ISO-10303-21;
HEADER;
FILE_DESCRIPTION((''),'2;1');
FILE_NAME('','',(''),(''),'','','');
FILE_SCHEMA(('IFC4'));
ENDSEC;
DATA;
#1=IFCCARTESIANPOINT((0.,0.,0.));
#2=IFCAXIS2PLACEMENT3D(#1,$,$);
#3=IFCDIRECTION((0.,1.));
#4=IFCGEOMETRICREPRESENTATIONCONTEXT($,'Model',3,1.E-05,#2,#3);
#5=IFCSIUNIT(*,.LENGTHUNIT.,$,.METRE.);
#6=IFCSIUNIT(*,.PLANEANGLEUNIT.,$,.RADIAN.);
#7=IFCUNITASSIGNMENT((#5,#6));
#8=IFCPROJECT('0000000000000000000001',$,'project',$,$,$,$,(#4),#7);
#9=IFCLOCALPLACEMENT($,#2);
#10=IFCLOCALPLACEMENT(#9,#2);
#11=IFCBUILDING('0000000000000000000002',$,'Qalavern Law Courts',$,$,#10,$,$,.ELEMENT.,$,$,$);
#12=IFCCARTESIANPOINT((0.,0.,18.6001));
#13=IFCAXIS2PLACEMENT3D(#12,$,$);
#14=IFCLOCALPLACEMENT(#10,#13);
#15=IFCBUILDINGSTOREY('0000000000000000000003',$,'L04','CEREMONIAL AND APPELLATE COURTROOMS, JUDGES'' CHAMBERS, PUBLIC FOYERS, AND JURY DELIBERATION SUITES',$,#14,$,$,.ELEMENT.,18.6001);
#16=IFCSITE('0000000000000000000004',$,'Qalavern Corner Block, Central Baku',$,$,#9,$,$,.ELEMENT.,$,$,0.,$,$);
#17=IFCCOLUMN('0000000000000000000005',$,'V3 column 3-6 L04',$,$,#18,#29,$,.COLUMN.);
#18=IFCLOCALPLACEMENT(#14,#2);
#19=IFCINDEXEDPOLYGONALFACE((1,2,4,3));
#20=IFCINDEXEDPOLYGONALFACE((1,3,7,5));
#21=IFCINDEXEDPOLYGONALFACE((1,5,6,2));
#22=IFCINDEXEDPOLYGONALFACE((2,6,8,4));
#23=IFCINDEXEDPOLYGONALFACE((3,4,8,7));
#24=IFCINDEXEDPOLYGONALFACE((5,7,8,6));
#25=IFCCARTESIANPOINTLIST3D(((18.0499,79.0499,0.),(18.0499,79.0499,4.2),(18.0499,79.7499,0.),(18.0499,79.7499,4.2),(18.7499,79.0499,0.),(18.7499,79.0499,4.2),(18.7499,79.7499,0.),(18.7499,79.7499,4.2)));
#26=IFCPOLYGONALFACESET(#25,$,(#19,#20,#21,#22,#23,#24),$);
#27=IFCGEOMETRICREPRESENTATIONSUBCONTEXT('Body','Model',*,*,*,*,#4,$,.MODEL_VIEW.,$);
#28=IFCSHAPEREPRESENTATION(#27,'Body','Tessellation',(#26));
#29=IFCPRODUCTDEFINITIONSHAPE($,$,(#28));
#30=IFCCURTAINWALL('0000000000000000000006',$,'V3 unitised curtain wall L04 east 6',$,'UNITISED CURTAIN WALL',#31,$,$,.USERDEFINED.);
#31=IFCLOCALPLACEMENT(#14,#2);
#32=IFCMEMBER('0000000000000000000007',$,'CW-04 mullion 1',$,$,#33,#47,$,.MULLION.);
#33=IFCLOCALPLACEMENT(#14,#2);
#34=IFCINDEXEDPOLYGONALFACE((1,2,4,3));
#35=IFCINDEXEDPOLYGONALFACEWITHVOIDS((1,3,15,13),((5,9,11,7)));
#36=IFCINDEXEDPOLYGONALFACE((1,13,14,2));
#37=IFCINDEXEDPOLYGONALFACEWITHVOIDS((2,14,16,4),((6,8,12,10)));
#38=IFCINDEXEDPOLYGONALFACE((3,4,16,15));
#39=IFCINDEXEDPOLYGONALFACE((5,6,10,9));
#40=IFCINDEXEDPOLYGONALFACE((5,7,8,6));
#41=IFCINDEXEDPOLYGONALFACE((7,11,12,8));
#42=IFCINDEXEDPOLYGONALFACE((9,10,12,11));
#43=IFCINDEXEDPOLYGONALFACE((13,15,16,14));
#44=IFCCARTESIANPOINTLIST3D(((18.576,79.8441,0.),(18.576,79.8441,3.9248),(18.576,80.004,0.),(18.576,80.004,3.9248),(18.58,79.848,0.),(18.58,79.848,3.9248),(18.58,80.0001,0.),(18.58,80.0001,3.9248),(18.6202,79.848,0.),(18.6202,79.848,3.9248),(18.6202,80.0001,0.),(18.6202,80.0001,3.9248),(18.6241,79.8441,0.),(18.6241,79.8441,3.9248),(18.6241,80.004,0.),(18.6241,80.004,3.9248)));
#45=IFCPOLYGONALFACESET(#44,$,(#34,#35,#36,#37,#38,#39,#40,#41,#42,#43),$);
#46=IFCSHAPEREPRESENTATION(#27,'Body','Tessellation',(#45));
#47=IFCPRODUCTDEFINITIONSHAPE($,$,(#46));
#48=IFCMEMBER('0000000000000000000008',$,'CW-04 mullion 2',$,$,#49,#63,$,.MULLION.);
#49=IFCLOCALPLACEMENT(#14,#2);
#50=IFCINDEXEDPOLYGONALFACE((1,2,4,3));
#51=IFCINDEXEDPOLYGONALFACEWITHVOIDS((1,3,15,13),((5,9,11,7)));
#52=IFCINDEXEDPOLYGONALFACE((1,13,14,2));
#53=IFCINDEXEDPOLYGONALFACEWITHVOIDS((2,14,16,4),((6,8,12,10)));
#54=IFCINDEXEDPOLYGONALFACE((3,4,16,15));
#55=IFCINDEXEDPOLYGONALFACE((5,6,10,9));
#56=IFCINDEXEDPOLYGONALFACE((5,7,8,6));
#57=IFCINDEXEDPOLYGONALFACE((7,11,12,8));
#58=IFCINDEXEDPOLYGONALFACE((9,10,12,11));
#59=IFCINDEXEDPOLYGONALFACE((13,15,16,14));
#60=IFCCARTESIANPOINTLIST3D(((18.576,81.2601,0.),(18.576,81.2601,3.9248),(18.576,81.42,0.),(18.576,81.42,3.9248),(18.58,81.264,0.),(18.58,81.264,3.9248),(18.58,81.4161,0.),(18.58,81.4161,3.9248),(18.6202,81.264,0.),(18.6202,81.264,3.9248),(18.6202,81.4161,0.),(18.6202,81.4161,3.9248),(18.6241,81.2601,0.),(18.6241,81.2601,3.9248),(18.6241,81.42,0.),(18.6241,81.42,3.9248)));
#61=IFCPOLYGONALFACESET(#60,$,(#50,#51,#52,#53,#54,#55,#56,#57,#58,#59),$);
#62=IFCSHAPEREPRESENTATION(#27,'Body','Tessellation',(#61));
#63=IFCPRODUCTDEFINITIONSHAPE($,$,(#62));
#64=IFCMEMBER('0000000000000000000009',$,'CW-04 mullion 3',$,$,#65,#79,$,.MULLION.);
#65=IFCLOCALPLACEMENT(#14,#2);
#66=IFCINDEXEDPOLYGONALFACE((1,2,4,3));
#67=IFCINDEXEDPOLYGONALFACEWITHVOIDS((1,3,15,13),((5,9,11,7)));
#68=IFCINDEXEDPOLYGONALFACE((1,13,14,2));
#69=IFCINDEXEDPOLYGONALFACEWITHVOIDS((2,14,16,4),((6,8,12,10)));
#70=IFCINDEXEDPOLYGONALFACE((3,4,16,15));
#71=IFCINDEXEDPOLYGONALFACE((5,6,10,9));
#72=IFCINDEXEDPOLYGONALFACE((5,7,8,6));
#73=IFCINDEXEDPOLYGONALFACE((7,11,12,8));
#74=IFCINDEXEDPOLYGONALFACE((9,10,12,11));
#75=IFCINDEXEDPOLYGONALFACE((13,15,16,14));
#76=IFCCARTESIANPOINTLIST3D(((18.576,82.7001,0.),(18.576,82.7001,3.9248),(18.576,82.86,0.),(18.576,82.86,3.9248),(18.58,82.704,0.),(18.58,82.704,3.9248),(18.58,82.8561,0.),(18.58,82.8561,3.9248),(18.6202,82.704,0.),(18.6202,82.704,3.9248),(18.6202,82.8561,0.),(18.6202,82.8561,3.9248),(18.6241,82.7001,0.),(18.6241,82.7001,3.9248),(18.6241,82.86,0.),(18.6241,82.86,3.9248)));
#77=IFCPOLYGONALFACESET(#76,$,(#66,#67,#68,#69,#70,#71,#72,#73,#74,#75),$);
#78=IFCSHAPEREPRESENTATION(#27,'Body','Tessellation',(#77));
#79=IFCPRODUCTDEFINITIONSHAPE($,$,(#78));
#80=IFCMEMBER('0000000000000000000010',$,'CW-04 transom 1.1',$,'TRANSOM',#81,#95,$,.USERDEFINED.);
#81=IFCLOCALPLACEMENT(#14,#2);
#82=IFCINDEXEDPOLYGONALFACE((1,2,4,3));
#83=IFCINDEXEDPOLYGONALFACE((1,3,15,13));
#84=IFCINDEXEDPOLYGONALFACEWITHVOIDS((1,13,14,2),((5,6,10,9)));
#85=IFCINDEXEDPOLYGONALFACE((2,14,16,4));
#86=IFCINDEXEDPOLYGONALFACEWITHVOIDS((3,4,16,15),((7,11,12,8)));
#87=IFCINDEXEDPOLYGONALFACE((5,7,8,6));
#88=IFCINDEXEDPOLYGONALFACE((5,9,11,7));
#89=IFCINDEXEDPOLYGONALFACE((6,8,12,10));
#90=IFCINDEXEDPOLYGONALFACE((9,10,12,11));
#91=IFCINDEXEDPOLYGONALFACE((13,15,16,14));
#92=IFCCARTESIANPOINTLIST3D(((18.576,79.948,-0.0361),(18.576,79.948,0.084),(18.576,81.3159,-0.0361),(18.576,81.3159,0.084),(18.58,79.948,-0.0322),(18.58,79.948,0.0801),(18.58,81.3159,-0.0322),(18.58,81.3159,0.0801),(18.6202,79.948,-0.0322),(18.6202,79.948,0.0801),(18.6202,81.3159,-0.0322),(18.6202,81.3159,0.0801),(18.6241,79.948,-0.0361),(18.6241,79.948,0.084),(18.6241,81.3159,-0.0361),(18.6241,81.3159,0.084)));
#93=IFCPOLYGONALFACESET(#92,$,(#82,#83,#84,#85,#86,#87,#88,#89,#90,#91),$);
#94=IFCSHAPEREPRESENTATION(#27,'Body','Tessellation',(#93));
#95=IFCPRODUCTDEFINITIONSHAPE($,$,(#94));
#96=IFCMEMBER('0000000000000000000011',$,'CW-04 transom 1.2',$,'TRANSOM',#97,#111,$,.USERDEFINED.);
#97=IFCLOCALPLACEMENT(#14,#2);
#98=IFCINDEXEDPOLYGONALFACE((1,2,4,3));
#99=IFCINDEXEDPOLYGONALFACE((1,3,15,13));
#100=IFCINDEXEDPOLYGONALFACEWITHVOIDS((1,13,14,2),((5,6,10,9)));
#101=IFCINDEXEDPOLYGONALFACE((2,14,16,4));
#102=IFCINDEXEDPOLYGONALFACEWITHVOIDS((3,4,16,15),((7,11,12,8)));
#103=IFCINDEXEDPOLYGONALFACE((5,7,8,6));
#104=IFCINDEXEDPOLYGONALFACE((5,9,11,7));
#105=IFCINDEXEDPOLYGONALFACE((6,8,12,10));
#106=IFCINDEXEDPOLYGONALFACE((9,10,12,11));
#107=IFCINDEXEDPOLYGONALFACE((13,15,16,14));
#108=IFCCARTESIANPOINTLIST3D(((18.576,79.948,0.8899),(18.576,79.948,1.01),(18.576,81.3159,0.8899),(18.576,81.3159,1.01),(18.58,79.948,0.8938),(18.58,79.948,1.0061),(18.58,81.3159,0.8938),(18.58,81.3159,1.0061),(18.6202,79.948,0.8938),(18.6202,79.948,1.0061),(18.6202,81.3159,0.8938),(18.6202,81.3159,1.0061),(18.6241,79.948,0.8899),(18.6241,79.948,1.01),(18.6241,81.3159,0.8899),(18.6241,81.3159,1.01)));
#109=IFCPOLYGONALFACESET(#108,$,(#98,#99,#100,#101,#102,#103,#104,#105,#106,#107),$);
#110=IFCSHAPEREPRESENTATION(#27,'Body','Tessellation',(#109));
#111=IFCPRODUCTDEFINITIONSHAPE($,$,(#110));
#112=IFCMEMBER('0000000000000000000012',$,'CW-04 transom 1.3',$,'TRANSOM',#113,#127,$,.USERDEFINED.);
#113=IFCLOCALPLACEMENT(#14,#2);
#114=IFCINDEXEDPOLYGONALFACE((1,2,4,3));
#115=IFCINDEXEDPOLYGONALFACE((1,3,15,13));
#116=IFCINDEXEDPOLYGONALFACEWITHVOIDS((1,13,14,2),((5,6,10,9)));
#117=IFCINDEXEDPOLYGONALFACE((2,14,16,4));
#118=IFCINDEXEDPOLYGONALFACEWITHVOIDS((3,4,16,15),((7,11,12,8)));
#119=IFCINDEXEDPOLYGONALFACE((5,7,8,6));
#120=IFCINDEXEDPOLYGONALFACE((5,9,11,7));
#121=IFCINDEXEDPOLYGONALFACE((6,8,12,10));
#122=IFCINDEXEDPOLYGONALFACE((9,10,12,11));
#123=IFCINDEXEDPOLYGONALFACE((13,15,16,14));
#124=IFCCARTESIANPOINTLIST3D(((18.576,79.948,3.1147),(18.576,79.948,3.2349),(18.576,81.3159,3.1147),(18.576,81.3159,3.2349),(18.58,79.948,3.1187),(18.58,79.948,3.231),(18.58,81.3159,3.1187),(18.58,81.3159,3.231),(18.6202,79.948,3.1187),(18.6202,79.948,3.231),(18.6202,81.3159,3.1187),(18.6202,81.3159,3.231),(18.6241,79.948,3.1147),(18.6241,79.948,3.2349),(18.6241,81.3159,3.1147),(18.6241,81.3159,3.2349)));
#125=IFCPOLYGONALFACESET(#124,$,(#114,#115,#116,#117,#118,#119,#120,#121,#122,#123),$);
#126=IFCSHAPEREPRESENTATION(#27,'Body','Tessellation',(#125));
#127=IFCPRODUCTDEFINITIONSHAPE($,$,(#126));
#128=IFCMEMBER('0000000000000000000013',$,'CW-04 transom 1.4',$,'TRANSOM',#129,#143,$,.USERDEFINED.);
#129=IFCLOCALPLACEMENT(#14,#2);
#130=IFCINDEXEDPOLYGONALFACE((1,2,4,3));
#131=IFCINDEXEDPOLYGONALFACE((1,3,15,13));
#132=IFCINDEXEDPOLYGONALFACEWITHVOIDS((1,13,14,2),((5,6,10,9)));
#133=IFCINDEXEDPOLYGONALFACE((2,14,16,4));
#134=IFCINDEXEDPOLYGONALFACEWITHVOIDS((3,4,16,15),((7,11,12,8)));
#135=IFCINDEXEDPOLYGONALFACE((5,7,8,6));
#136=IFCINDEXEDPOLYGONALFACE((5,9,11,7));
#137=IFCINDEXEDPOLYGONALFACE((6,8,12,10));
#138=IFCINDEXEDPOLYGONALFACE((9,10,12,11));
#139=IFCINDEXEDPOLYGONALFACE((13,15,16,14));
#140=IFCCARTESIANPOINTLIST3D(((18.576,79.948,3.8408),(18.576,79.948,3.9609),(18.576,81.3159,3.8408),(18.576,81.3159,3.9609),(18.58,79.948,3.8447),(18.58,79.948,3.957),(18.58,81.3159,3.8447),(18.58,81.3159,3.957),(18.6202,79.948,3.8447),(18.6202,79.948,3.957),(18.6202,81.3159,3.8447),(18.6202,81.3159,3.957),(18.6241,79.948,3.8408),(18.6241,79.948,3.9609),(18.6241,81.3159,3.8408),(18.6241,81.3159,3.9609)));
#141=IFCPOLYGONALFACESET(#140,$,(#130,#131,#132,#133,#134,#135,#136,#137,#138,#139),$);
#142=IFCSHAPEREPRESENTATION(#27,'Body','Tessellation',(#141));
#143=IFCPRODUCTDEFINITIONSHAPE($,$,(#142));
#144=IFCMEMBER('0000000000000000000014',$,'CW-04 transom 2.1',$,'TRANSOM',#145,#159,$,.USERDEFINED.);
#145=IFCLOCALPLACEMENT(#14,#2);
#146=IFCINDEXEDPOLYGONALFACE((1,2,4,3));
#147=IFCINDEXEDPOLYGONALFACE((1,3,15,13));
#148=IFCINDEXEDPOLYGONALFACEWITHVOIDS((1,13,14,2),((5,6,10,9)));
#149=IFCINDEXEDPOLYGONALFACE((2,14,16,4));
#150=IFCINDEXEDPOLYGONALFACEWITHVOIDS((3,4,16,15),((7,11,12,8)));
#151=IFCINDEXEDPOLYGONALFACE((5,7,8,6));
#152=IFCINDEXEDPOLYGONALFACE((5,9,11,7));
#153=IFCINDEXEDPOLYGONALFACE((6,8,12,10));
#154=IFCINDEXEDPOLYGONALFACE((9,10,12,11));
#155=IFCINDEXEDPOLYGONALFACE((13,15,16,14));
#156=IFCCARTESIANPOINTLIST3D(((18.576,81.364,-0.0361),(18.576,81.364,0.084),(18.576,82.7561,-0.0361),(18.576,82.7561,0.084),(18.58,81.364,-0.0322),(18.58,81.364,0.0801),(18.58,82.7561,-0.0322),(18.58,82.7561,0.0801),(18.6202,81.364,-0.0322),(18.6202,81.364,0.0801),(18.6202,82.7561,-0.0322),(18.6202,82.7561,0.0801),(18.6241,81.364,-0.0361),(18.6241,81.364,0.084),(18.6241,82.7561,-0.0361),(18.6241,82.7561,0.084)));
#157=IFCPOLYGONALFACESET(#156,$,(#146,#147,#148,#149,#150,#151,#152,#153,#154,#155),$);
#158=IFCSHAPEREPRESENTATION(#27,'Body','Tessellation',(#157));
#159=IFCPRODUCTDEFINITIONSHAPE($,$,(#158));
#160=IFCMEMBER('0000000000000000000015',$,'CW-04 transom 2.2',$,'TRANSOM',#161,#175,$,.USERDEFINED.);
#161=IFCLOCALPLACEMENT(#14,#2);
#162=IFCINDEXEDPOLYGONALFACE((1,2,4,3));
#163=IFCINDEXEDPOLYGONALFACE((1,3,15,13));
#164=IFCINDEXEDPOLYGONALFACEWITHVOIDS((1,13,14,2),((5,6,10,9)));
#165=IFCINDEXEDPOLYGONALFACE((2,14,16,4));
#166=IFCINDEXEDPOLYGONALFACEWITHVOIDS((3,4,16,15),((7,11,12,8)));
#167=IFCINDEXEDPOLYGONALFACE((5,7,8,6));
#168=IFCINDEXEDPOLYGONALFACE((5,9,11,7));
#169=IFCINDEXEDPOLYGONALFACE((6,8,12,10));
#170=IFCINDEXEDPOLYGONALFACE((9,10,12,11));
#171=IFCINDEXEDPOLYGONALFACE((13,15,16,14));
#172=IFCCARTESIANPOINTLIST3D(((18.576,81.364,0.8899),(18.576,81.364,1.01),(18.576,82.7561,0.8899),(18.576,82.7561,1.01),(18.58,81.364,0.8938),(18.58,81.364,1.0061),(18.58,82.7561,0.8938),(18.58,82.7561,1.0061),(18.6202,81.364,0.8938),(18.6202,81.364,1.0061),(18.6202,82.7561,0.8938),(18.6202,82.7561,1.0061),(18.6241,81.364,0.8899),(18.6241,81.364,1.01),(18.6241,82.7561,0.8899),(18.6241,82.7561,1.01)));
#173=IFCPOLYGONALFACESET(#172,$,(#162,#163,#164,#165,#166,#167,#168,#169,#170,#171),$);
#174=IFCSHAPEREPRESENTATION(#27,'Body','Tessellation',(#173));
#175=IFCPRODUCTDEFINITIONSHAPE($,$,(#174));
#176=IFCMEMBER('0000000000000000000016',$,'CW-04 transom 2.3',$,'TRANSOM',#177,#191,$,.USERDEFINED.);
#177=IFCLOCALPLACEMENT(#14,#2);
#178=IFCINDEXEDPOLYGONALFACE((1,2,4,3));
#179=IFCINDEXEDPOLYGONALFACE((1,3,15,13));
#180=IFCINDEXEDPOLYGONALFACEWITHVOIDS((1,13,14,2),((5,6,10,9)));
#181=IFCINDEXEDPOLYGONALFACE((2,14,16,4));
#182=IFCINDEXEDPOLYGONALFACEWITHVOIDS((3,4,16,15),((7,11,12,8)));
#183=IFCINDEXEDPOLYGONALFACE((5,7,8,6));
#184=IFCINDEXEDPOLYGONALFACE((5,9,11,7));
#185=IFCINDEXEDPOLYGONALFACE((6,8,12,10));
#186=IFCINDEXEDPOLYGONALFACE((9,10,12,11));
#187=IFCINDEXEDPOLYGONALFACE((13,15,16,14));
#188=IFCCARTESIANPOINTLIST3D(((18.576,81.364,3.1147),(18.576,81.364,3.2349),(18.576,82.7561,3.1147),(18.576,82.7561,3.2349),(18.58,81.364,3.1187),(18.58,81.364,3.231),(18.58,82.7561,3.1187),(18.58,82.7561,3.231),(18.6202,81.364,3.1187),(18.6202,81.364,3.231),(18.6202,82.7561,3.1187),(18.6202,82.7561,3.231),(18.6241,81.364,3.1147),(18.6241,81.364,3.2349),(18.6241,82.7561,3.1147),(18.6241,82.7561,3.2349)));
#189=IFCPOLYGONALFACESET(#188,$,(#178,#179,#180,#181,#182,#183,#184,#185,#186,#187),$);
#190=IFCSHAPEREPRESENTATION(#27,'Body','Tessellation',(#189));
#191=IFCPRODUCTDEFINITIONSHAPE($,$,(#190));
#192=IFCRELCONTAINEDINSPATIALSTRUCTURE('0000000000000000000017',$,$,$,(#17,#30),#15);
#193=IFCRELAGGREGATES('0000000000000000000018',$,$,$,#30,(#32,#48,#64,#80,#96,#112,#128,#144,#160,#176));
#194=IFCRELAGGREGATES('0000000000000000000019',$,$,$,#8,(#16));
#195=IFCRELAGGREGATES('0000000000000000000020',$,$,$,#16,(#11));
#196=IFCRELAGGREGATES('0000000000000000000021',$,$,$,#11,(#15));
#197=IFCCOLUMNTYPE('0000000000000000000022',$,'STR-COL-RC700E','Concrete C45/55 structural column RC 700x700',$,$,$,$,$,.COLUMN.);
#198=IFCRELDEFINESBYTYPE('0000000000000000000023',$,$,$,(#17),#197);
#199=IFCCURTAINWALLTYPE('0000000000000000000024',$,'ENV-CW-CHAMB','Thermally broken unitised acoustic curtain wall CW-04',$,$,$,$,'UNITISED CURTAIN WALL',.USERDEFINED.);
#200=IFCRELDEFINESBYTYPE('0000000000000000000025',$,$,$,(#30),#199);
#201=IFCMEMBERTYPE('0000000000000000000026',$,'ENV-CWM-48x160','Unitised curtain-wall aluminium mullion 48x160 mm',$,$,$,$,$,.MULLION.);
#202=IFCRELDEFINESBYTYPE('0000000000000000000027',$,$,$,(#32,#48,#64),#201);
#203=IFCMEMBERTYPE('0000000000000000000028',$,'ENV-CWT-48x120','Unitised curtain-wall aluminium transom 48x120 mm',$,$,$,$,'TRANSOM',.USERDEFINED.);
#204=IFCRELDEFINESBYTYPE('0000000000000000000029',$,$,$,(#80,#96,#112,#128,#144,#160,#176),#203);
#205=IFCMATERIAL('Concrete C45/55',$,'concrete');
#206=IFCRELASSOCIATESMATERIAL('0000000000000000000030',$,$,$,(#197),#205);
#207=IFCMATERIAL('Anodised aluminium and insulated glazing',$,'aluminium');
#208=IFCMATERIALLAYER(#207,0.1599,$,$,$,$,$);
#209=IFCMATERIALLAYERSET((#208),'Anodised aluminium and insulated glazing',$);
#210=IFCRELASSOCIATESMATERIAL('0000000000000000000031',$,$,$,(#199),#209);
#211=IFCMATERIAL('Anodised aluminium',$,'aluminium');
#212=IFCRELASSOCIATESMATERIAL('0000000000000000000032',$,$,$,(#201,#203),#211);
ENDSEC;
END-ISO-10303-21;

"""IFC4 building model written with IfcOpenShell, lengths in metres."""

from ifc_helpers import new_model, si_unit, direction, frame, origin, origin_2d, place, context, subcontext, project, spatial, rectangle, hollow_rectangle, extrude, material, layer, layer_set, material_profile, profile_set, type_object, element, aggregate, save


model = new_model("IFC4")

# Units and contexts
model_context = context("Model", 3, precision=1e-05, world=origin(), true_north=direction((0.0, 1.0)))
body_context = subcontext(model_context, "Body", "Model", "MODEL_VIEW")
ifc_project = project(units=[si_unit("LENGTHUNIT", "METRE"), si_unit("PLANEANGLEUNIT", "RADIAN")], contexts=[model_context])

# Site, building, storey
site_placement = place(None, origin())
site = spatial("IfcSite", under=ifc_project, at=site_placement, Name="Qalavern Corner Block, Central Baku", CompositionType="ELEMENT", RefElevation=0.0)
building_placement = place(site_placement, origin())
building = spatial("IfcBuilding", under=site, at=building_placement, Name="Qalavern Law Courts", CompositionType="ELEMENT")
storey_placement = place(building_placement, frame((0.0, 0.0, 18.6001)))
storey = spatial("IfcBuildingStorey", under=building, at=storey_placement, Name="L04", Description="CEREMONIAL AND APPELLATE COURTROOMS, JUDGES' CHAMBERS, PUBLIC FOYERS, AND JURY DELIBERATION SUITES", CompositionType="ELEMENT", Elevation=18.6001)

# Column
ifc_material_1 = material(Name="Concrete C45/55", Category="concrete")
ifc_material_profile_1 = material_profile(ifc_material_1, rectangle(XDim=0.7, YDim=0.7, at=origin_2d()), Name="RC 700x700")
ifc_profile_set_1 = profile_set([ifc_material_profile_1], Name="Concrete C45/55")
column_type = type_object("IfcColumnType", Name="STR-COL-RC700E", Description="Concrete C45/55 structural column RC 700x700", PredefinedType="COLUMN", material=ifc_profile_set_1)
column_placement = place(storey_placement, frame((18.3999, 79.3999, 0.0), z_axis=(0.0, 0.0, 1.0), x_axis=(1.0, 0.0, 0.0)))
element("IfcColumn", 1, at=column_placement, inside=storey, type_object=column_type, Name="V3 column 3-6 L04", PredefinedType="COLUMN", context=body_context, shape_type="SweptSolid", body=[
    extrude(rectangle(XDim=0.7, YDim=0.7, at=origin_2d()), origin(), (0.0, 0.0, 1.0), 4.2),
])

# Curtain wall, members
ifc_material_2 = material(Name="Anodised aluminium and insulated glazing", Category="aluminium")
ifc_layer_1 = layer(ifc_material_2, 0.1599)
ifc_layer_set_1 = layer_set([ifc_layer_1], Name="Anodised aluminium and insulated glazing")
curtain_wall_type = type_object("IfcCurtainWallType", Name="ENV-CW-CHAMB", Description="Thermally broken unitised acoustic curtain wall CW-04", ElementType="UNITISED CURTAIN WALL", PredefinedType="USERDEFINED", material=ifc_layer_set_1)
curtain_wall_placement = place(storey_placement, origin())
curtain_wall = element("IfcCurtainWall", 2, at=curtain_wall_placement, inside=storey, type_object=curtain_wall_type, Name="V3 unitised curtain wall L04 east 6", ObjectType="UNITISED CURTAIN WALL", PredefinedType="USERDEFINED")
ifc_material_3 = material(Name="Anodised aluminium", Category="aluminium")
ifc_material_profile_2 = material_profile(ifc_material_3, hollow_rectangle(XDim=0.0481, YDim=0.1599, WallThickness=0.0039, at=origin_2d()), Name="ALU MULLION 48x160")
ifc_profile_set_2 = profile_set([ifc_material_profile_2], Name="Anodised aluminium")
member_type_1 = type_object("IfcMemberType", Name="ENV-CWM-48x160", Description="Unitised curtain-wall aluminium mullion 48x160 mm", PredefinedType="MULLION", material=ifc_profile_set_2)
member_1_placement = place(storey_placement, frame((18.6001, 79.9241, 0.0), z_axis=(0.0, 0.0, 1.0), x_axis=(-1.0, 0.0, 0.0)))
member_1 = element("IfcMember", 3, at=member_1_placement, type_object=member_type_1, Name="CW-04 mullion 1", PredefinedType="MULLION", context=body_context, shape_type="SweptSolid", body=[
    extrude(hollow_rectangle(XDim=0.0481, YDim=0.1599, WallThickness=0.0039, at=origin_2d()), origin(), (0.0, 0.0, 1.0), 3.9248),
])
member_2_placement = place(storey_placement, frame((18.6001, 81.3401, 0.0), z_axis=(0.0, 0.0, 1.0), x_axis=(-1.0, 0.0, 0.0)))
member_2 = element("IfcMember", 4, at=member_2_placement, type_object=member_type_1, Name="CW-04 mullion 2", PredefinedType="MULLION", context=body_context, shape_type="SweptSolid", body=[
    extrude(hollow_rectangle(XDim=0.0481, YDim=0.1599, WallThickness=0.0039, at=origin_2d()), origin(), (0.0, 0.0, 1.0), 3.9248),
])
member_3_placement = place(storey_placement, frame((18.6001, 82.78, 0.0), z_axis=(0.0, 0.0, 1.0), x_axis=(-1.0, 0.0, 0.0)))
member_3 = element("IfcMember", 5, at=member_3_placement, type_object=member_type_1, Name="CW-04 mullion 3", PredefinedType="MULLION", context=body_context, shape_type="SweptSolid", body=[
    extrude(hollow_rectangle(XDim=0.0481, YDim=0.1599, WallThickness=0.0039, at=origin_2d()), origin(), (0.0, 0.0, 1.0), 3.9248),
])
ifc_material_profile_3 = material_profile(ifc_material_3, hollow_rectangle(XDim=0.0481, YDim=0.1201, WallThickness=0.0039, at=origin_2d()), Name="ALU TRANSOM 48x120")
ifc_profile_set_3 = profile_set([ifc_material_profile_3], Name="Anodised aluminium")
member_type_2 = type_object("IfcMemberType", Name="ENV-CWT-48x120", Description="Unitised curtain-wall aluminium transom 48x120 mm", ElementType="TRANSOM", PredefinedType="USERDEFINED", material=ifc_profile_set_3)
member_4_placement = place(storey_placement, frame((18.6001, 79.948, 0.0239), z_axis=(0.0, 1.0, 0.0), x_axis=(-1.0, 0.0, 0.0)))
member_4 = element("IfcMember", 6, at=member_4_placement, type_object=member_type_2, Name="CW-04 transom 1.1", ObjectType="TRANSOM", PredefinedType="USERDEFINED", context=body_context, shape_type="SweptSolid", body=[
    extrude(hollow_rectangle(XDim=0.0481, YDim=0.1201, WallThickness=0.0039, at=origin_2d()), origin(), (0.0, 0.0, 1.0), 1.3679),
])
member_5_placement = place(storey_placement, frame((18.6001, 79.948, 0.95), z_axis=(0.0, 1.0, 0.0), x_axis=(-1.0, 0.0, 0.0)))
member_5 = element("IfcMember", 7, at=member_5_placement, type_object=member_type_2, Name="CW-04 transom 1.2", ObjectType="TRANSOM", PredefinedType="USERDEFINED", context=body_context, shape_type="SweptSolid", body=[
    extrude(hollow_rectangle(XDim=0.0481, YDim=0.1201, WallThickness=0.0039, at=origin_2d()), origin(), (0.0, 0.0, 1.0), 1.3679),
])
member_6_placement = place(storey_placement, frame((18.6001, 79.948, 3.1748), z_axis=(0.0, 1.0, 0.0), x_axis=(-1.0, 0.0, 0.0)))
member_6 = element("IfcMember", 8, at=member_6_placement, type_object=member_type_2, Name="CW-04 transom 1.3", ObjectType="TRANSOM", PredefinedType="USERDEFINED", context=body_context, shape_type="SweptSolid", body=[
    extrude(hollow_rectangle(XDim=0.0481, YDim=0.1201, WallThickness=0.0039, at=origin_2d()), origin(), (0.0, 0.0, 1.0), 1.3679),
])
member_7_placement = place(storey_placement, frame((18.6001, 79.948, 3.9009), z_axis=(0.0, 1.0, 0.0), x_axis=(-1.0, 0.0, 0.0)))
member_7 = element("IfcMember", 9, at=member_7_placement, type_object=member_type_2, Name="CW-04 transom 1.4", ObjectType="TRANSOM", PredefinedType="USERDEFINED", context=body_context, shape_type="SweptSolid", body=[
    extrude(hollow_rectangle(XDim=0.0481, YDim=0.1201, WallThickness=0.0039, at=origin_2d()), origin(), (0.0, 0.0, 1.0), 1.3679),
])
member_8_placement = place(storey_placement, frame((18.6001, 81.364, 0.0239), z_axis=(0.0, 1.0, 0.0), x_axis=(-1.0, 0.0, 0.0)))
member_8 = element("IfcMember", 10, at=member_8_placement, type_object=member_type_2, Name="CW-04 transom 2.1", ObjectType="TRANSOM", PredefinedType="USERDEFINED", context=body_context, shape_type="SweptSolid", body=[
    extrude(hollow_rectangle(XDim=0.0481, YDim=0.1201, WallThickness=0.0039, at=origin_2d()), origin(), (0.0, 0.0, 1.0), 1.3921),
])
member_9_placement = place(storey_placement, frame((18.6001, 81.364, 0.95), z_axis=(0.0, 1.0, 0.0), x_axis=(-1.0, 0.0, 0.0)))
member_9 = element("IfcMember", 11, at=member_9_placement, type_object=member_type_2, Name="CW-04 transom 2.2", ObjectType="TRANSOM", PredefinedType="USERDEFINED", context=body_context, shape_type="SweptSolid", body=[
    extrude(hollow_rectangle(XDim=0.0481, YDim=0.1201, WallThickness=0.0039, at=origin_2d()), origin(), (0.0, 0.0, 1.0), 1.3921),
])
member_10_placement = place(storey_placement, frame((18.6001, 81.364, 3.1748), z_axis=(0.0, 1.0, 0.0), x_axis=(-1.0, 0.0, 0.0)))
member_10 = element("IfcMember", 12, at=member_10_placement, type_object=member_type_2, Name="CW-04 transom 2.3", ObjectType="TRANSOM", PredefinedType="USERDEFINED", context=body_context, shape_type="SweptSolid", body=[
    extrude(hollow_rectangle(XDim=0.0481, YDim=0.1201, WallThickness=0.0039, at=origin_2d()), origin(), (0.0, 0.0, 1.0), 1.3921),
])

aggregate(curtain_wall, [member_1, member_2, member_3, member_4, member_5, member_6, member_7, member_8, member_9, member_10])

save(model, "model.ifc")
